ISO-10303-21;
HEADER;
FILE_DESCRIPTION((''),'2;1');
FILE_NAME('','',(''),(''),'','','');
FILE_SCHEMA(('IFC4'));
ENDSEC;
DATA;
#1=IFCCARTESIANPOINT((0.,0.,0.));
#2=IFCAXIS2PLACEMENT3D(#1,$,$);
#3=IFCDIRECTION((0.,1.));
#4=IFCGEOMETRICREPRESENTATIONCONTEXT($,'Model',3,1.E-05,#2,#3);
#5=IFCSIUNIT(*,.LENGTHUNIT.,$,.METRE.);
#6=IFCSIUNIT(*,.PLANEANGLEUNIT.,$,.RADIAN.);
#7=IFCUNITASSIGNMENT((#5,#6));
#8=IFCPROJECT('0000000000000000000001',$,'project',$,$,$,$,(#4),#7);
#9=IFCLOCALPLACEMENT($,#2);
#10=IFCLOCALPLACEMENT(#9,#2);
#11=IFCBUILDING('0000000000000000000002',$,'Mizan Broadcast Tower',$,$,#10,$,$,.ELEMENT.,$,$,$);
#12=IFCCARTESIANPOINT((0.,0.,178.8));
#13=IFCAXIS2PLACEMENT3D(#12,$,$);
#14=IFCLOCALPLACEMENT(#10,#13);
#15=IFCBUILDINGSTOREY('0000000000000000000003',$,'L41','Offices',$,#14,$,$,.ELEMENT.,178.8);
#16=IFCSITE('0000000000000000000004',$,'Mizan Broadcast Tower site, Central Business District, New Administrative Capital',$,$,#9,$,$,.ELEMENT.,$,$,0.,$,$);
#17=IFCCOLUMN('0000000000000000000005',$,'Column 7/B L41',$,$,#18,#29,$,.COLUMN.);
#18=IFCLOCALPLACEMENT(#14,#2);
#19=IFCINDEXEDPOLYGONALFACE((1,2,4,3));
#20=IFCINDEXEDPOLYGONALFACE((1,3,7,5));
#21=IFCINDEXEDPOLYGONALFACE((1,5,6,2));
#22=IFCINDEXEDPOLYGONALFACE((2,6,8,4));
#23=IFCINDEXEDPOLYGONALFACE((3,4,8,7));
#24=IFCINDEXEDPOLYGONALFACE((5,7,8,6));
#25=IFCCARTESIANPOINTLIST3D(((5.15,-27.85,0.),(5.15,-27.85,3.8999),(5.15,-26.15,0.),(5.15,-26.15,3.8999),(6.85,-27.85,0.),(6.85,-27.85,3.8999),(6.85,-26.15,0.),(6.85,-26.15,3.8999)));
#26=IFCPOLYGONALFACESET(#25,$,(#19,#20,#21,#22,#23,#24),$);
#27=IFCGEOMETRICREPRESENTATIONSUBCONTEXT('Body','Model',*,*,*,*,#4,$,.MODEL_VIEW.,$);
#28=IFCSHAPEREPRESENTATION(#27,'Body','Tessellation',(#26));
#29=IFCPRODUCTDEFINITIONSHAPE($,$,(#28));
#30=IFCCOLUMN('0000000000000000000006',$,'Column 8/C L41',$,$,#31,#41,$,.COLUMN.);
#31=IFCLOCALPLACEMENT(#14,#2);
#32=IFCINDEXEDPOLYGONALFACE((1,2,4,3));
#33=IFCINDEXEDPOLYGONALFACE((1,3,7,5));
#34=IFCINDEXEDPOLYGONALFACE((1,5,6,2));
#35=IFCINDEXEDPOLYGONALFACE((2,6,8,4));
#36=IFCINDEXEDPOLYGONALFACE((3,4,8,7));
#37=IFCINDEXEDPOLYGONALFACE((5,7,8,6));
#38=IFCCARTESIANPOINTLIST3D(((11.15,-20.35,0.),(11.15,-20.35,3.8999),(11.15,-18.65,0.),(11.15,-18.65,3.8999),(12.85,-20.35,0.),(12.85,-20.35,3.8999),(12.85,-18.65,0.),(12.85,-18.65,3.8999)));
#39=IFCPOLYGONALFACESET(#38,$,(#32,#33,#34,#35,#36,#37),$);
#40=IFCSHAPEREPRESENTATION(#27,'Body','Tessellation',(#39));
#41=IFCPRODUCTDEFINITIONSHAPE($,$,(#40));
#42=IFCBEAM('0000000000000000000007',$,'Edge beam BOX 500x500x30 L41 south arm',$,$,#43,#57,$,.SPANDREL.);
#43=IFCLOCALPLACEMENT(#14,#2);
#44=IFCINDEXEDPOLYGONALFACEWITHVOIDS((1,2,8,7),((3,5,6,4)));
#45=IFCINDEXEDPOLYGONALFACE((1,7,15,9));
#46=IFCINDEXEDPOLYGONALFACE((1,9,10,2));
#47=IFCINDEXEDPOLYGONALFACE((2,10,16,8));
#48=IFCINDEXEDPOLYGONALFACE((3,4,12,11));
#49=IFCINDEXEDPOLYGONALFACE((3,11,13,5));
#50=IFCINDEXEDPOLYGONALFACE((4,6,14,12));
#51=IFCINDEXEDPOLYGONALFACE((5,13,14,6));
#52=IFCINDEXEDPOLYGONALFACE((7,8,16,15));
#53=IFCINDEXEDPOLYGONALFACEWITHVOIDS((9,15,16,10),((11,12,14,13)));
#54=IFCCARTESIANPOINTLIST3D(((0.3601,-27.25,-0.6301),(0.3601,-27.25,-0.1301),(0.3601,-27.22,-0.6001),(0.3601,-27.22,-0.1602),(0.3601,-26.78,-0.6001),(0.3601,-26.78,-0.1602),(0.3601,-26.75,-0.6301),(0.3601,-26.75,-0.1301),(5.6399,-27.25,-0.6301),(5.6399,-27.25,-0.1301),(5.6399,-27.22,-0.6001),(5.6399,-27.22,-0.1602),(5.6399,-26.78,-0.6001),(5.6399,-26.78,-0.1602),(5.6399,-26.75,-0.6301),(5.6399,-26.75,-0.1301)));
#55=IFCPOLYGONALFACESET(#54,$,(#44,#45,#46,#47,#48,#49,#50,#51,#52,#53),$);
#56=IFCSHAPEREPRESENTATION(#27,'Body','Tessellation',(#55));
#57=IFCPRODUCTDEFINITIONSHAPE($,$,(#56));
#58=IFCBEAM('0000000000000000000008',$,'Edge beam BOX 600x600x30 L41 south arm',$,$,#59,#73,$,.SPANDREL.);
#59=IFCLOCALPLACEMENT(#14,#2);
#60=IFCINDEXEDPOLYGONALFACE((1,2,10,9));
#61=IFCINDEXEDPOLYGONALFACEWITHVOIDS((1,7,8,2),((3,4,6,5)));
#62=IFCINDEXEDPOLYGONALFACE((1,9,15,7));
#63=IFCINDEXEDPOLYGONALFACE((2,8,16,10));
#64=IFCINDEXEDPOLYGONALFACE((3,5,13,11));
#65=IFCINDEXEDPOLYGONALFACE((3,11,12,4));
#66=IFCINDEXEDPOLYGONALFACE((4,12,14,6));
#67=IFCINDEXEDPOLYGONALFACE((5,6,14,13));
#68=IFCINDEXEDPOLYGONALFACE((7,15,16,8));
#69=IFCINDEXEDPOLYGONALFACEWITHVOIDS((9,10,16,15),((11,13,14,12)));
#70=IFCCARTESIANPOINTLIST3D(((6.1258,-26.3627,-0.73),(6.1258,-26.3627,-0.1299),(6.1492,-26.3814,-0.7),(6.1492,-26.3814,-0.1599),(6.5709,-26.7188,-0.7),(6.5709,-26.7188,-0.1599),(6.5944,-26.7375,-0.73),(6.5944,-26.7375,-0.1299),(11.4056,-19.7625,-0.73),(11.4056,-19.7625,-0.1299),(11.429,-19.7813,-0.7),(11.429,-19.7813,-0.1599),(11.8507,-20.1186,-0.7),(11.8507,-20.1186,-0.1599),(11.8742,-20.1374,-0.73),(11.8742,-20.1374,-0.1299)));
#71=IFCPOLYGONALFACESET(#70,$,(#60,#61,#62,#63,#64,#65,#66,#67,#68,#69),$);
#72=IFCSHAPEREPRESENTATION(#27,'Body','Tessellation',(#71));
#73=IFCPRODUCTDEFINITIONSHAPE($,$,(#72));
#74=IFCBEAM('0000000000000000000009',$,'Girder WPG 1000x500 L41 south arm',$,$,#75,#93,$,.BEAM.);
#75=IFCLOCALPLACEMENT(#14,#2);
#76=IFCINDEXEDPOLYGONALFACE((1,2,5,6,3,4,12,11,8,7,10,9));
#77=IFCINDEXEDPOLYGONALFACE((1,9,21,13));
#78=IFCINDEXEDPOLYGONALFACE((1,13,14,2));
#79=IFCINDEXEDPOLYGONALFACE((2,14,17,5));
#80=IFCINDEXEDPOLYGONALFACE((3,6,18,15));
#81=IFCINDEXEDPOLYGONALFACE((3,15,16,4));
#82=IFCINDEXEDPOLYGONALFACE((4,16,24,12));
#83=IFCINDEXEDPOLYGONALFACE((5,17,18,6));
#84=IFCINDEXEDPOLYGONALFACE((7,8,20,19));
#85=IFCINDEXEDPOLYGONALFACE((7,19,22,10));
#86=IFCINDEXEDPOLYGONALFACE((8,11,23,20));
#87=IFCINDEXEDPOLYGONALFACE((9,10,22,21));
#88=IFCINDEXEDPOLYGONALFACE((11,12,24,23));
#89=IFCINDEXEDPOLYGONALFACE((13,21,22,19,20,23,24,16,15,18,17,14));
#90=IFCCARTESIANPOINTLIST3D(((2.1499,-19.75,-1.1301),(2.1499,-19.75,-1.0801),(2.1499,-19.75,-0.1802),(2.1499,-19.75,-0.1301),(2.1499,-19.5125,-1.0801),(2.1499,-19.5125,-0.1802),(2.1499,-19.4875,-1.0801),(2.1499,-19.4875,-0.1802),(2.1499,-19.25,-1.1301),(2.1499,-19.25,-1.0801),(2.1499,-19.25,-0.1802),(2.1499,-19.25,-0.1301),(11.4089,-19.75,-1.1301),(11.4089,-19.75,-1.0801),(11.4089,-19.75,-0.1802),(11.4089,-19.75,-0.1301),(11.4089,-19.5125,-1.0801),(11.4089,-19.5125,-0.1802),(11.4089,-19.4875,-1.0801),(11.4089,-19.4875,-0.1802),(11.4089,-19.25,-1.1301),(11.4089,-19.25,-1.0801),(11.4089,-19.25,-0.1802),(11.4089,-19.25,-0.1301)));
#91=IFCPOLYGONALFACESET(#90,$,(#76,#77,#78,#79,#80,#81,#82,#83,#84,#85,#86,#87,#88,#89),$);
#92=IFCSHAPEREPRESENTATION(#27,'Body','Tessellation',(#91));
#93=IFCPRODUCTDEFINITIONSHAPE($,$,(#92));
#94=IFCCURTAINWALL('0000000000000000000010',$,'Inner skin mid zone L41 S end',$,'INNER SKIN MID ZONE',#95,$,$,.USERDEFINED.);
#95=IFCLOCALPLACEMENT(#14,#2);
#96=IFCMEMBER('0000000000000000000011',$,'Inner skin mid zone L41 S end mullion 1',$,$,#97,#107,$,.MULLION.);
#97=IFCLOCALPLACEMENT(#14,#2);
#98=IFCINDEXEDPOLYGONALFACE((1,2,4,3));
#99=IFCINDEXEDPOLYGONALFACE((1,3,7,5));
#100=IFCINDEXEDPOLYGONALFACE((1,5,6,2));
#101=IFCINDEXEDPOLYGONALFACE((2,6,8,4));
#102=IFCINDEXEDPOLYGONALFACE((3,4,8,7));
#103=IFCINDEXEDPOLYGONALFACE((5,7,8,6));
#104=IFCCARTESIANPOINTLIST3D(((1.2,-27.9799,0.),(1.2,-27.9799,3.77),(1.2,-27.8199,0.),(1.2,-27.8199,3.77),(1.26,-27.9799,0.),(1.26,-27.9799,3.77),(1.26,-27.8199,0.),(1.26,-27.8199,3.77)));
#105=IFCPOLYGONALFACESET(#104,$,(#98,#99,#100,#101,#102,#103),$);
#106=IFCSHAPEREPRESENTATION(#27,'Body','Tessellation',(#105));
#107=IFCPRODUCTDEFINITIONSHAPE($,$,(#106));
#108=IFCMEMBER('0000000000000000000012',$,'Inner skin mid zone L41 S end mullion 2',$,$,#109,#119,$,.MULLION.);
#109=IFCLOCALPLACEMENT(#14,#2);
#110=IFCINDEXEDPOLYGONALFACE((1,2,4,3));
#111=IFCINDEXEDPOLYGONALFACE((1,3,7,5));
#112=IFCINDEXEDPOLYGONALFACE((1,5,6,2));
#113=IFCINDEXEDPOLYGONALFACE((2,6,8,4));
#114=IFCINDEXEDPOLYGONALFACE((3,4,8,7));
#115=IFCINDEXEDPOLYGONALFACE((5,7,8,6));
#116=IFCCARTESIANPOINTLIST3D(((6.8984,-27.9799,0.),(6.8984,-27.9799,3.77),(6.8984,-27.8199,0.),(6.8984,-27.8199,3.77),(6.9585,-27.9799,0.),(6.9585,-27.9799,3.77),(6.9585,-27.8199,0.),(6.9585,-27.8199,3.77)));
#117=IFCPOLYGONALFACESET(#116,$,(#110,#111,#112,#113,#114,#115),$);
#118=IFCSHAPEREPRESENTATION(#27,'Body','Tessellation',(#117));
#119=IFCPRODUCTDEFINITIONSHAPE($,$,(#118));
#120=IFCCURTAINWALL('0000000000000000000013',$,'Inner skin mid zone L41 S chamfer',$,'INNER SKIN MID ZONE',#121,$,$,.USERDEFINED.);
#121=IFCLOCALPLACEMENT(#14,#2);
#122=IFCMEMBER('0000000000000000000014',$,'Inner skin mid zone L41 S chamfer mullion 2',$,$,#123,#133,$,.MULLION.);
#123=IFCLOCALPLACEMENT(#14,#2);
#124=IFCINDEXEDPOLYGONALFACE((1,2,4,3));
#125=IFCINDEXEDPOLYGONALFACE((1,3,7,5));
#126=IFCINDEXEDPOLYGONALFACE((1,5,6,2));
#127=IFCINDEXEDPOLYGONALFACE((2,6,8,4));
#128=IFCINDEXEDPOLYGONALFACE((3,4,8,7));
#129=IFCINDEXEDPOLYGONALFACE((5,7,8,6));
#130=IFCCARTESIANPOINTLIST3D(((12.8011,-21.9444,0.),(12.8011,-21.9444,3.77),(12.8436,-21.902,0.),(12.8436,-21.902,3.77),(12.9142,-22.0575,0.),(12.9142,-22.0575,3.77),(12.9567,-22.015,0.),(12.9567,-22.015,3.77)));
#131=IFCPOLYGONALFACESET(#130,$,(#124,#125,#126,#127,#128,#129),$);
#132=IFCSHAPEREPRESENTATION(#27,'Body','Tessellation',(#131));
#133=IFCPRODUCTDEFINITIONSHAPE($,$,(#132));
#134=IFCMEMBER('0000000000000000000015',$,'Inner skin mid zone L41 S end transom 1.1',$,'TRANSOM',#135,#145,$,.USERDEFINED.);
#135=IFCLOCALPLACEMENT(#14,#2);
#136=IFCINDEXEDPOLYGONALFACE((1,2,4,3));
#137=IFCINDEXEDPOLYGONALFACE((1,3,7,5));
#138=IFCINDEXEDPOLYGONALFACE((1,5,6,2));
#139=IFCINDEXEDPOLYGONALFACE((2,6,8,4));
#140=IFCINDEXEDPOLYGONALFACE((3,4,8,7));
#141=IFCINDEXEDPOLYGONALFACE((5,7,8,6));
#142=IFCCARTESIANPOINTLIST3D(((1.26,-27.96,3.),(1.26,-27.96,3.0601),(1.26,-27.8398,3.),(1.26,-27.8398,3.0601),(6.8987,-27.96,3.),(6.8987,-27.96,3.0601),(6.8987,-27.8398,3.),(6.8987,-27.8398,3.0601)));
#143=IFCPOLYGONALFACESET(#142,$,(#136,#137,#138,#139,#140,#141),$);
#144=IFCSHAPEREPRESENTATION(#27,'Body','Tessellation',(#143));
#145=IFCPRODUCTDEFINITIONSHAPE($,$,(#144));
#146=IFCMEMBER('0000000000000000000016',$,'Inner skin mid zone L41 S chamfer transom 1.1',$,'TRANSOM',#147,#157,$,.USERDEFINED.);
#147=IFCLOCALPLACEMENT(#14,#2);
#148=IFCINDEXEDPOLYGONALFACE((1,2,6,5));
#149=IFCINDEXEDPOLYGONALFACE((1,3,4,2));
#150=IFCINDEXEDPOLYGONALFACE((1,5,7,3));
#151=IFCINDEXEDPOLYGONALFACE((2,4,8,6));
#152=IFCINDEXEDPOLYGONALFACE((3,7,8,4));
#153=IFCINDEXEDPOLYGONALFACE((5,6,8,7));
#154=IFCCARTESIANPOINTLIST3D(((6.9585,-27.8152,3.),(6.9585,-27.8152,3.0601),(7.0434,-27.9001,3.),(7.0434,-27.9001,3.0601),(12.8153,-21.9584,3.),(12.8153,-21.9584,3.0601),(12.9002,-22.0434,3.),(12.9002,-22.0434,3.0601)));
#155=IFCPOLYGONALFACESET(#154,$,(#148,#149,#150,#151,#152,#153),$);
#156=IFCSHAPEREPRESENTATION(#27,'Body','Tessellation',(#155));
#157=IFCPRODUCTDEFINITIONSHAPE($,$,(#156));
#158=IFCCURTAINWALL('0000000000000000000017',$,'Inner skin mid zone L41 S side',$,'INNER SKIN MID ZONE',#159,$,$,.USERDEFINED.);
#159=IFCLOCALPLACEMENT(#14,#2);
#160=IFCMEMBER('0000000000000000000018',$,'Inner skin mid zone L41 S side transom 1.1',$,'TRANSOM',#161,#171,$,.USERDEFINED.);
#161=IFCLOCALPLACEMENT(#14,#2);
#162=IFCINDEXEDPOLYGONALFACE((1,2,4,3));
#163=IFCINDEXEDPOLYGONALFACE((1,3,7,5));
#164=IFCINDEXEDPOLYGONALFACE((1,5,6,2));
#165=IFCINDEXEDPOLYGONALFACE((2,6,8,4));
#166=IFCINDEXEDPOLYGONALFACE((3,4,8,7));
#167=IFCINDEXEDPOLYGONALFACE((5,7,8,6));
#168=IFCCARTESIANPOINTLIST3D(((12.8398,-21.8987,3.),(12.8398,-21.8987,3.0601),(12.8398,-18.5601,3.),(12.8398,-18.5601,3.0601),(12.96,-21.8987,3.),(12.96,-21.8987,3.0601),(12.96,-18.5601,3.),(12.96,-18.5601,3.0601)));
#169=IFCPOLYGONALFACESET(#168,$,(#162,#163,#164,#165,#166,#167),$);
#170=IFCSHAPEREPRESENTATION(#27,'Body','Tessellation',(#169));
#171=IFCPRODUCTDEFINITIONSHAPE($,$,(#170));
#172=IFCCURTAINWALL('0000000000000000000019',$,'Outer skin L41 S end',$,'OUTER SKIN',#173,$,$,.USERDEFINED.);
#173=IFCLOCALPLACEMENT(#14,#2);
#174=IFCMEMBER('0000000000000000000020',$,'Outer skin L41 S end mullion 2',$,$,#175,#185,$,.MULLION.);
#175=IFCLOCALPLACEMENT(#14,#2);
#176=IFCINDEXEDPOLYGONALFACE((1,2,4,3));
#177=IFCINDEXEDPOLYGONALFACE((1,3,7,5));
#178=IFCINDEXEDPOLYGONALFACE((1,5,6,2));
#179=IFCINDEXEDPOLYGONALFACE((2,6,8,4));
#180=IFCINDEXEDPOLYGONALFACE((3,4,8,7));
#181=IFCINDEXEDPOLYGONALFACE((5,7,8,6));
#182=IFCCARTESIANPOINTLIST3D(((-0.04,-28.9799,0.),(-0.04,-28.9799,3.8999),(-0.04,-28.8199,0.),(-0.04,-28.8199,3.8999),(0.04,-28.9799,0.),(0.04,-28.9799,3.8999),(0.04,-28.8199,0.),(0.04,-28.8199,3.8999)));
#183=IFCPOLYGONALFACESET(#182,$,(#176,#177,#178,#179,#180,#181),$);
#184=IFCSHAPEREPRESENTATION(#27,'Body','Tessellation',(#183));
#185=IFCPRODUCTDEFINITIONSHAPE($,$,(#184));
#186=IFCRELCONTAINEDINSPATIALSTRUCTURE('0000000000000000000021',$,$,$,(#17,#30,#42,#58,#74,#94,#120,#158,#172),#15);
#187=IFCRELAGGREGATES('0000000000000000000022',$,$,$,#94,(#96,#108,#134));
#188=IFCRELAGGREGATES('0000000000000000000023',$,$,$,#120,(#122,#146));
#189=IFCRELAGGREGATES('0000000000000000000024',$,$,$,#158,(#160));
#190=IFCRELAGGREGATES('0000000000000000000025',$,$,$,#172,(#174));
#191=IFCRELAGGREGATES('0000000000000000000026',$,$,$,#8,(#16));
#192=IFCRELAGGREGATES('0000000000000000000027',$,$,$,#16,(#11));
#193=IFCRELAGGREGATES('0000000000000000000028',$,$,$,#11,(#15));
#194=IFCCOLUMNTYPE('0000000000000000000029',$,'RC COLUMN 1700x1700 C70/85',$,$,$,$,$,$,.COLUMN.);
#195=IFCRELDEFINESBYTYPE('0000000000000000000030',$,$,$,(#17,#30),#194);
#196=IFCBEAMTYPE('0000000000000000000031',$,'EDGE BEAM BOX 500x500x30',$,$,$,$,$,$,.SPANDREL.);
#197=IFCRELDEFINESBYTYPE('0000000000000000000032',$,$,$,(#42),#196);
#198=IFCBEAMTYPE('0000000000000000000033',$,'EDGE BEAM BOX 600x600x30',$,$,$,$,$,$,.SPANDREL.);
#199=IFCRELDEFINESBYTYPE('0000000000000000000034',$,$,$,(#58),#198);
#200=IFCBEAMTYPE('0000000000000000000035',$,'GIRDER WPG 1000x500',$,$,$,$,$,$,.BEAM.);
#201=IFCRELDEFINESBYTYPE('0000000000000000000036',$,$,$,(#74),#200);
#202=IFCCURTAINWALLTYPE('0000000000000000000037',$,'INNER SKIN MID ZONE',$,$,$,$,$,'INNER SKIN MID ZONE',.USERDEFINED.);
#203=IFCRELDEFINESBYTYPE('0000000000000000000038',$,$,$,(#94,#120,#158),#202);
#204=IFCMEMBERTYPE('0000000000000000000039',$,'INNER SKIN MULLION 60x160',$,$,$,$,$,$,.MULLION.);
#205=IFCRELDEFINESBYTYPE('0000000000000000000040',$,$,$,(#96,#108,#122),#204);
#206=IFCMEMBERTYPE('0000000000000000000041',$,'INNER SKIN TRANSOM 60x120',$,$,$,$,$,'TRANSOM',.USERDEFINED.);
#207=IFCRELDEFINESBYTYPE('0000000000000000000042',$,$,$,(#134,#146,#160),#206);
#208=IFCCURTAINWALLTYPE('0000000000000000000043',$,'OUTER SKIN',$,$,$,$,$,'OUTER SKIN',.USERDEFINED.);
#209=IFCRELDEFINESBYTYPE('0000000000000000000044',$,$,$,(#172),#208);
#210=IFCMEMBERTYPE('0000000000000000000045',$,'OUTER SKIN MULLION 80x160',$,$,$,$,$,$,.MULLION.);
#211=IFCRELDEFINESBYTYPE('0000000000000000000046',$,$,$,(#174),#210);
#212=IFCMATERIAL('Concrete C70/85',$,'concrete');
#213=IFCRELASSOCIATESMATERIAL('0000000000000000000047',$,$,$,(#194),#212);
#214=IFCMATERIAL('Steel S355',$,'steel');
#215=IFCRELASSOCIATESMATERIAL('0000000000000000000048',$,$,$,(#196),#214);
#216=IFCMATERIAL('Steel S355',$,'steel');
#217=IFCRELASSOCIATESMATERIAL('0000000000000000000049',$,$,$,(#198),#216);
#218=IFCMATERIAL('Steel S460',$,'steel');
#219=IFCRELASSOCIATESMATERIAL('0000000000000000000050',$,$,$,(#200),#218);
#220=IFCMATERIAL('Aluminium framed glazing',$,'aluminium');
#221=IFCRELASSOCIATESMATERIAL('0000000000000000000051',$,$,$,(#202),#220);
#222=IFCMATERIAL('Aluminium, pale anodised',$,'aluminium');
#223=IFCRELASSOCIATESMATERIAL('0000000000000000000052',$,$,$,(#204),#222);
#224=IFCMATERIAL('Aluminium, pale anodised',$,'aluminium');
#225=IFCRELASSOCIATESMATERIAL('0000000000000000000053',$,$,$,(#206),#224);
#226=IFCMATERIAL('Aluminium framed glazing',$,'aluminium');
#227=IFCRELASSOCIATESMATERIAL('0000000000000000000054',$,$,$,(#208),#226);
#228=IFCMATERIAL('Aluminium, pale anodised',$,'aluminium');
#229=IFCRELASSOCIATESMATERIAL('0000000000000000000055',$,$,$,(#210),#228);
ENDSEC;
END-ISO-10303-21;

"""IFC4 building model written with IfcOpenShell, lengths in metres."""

from ifc_helpers import new_model, si_unit, direction, frame, origin, origin_2d, place, context, subcontext, project, spatial, rectangle, hollow_rectangle, i_section, extrude, material, material_profile, profile_set, type_object, element, aggregate, save


model = new_model("IFC4")

# Units and contexts
model_context = context("Model", 3, precision=1e-05, world=origin(), true_north=direction((0.0, 1.0)))
body_context = subcontext(model_context, "Body", "Model", "MODEL_VIEW")
ifc_project = project(units=[si_unit("LENGTHUNIT", "METRE"), si_unit("PLANEANGLEUNIT", "RADIAN")], contexts=[model_context])

# Site, building, storey
site_placement = place(None, origin())
site = spatial("IfcSite", under=ifc_project, at=site_placement, Name="Mizan Broadcast Tower site, Central Business District, New Administrative Capital", CompositionType="ELEMENT", RefElevation=0.0)
building_placement = place(site_placement, origin())
building = spatial("IfcBuilding", under=site, at=building_placement, Name="Mizan Broadcast Tower", CompositionType="ELEMENT")
storey_placement = place(building_placement, frame((0.0, 0.0, 178.8)))
storey = spatial("IfcBuildingStorey", under=building, at=storey_placement, Name="L41", Description="Offices", CompositionType="ELEMENT", Elevation=178.8)

# Columns
ifc_material_1 = material(Name="Concrete C70/85", Category="concrete")
ifc_material_profile_1 = material_profile(ifc_material_1, rectangle(XDim=1.7, YDim=1.7, at=origin_2d()), Name="RC 1700x1700")
ifc_profile_set_1 = profile_set([ifc_material_profile_1], Name="Concrete C70/85")
column_type = type_object("IfcColumnType", Name="RC COLUMN 1700x1700 C70/85", PredefinedType="COLUMN", material=ifc_profile_set_1)
for number, where, z_axis, x_axis, name in (
    (1, (6.0, -27.0, 0.0), (0.0, 0.0, 1.0), (1.0, 0.0, 0.0), "Column 7/B L41"),
    (2, (12.0, -19.5, 0.0), (0.0, 0.0, 1.0), (1.0, 0.0, 0.0), "Column 8/C L41"),
):
    element("IfcColumn", number, at=place(storey_placement, frame(where, z_axis=z_axis, x_axis=x_axis)), inside=storey, type_object=column_type, Name=name, PredefinedType="COLUMN", context=body_context, shape_type="SweptSolid", body=[
        extrude(rectangle(XDim=1.7, YDim=1.7, at=origin_2d()), origin(), (0.0, 0.0, 1.0), 3.8999),
    ])

# Beams
ifc_material_2 = material(Name="Steel S355", Category="steel")
ifc_material_profile_2 = material_profile(ifc_material_2, hollow_rectangle(XDim=0.5, YDim=0.5, WallThickness=0.03, at=origin_2d()), Name="BOX 500x500x30")
ifc_profile_set_2 = profile_set([ifc_material_profile_2], Name="Steel S355")
beam_type_1 = type_object("IfcBeamType", Name="EDGE BEAM BOX 500x500x30", PredefinedType="SPANDREL", material=ifc_profile_set_2)
beam_1_placement = place(storey_placement, frame((5.6399, -27.0, -0.3801), z_axis=(-1.0, 0.0, 0.0), x_axis=(0.0, -1.0, 0.0)))
element("IfcBeam", 3, at=beam_1_placement, inside=storey, type_object=beam_type_1, Name="Edge beam BOX 500x500x30 L41 south arm", PredefinedType="SPANDREL", context=body_context, shape_type="SweptSolid", body=[
    extrude(hollow_rectangle(XDim=0.5, YDim=0.5, WallThickness=0.03, at=origin_2d()), origin(), (0.0, 0.0, 1.0), 5.2798),
])
ifc_material_3 = material(Name="Steel S355", Category="steel")
ifc_material_profile_3 = material_profile(ifc_material_3, hollow_rectangle(XDim=0.6001, YDim=0.6001, WallThickness=0.03, at=origin_2d()), Name="BOX 600x600x30")
ifc_profile_set_3 = profile_set([ifc_material_profile_3], Name="Steel S355")
beam_type_2 = type_object("IfcBeamType", Name="EDGE BEAM BOX 600x600x30", PredefinedType="SPANDREL", material=ifc_profile_set_3)
beam_2_placement = place(storey_placement, frame((11.6399, -19.95, -0.4299), z_axis=(-0.624674, -0.780886, 0.0), x_axis=(0.780886, -0.624674, 0.0)))
element("IfcBeam", 4, at=beam_2_placement, inside=storey, type_object=beam_type_2, Name="Edge beam BOX 600x600x30 L41 south arm", PredefinedType="SPANDREL", context=body_context, shape_type="SweptSolid", body=[
    extrude(hollow_rectangle(XDim=0.6001, YDim=0.6001, WallThickness=0.03, at=origin_2d()), origin(), (0.0, 0.0, 1.0), 8.4521),
])
ifc_material_4 = material(Name="Steel S460", Category="steel")
ifc_material_profile_4 = material_profile(ifc_material_4, i_section(OverallWidth=0.5, OverallDepth=1.0, WebThickness=0.0249, FlangeThickness=0.05, at=origin_2d()), Name="WPG 1000x500")
ifc_profile_set_4 = profile_set([ifc_material_profile_4], Name="Steel S460")
beam_type_3 = type_object("IfcBeamType", Name="GIRDER WPG 1000x500", PredefinedType="BEAM", material=ifc_profile_set_4)
beam_3_placement = place(storey_placement, frame((11.4089, -19.5, -0.6301), z_axis=(-1.0, 0.0, 0.0), x_axis=(0.0, -1.0, 0.0)))
element("IfcBeam", 5, at=beam_3_placement, inside=storey, type_object=beam_type_3, Name="Girder WPG 1000x500 L41 south arm", PredefinedType="BEAM", context=body_context, shape_type="SweptSolid", body=[
    extrude(i_section(OverallWidth=0.5, OverallDepth=1.0, WebThickness=0.0249, FlangeThickness=0.05, at=origin_2d()), origin(), (0.0, 0.0, 1.0), 9.259),
])

# Curtain wall, members
ifc_material_5 = material(Name="Aluminium framed glazing", Category="aluminium")
curtain_wall_type_1 = type_object("IfcCurtainWallType", Name="INNER SKIN MID ZONE", ElementType="INNER SKIN MID ZONE", PredefinedType="USERDEFINED", material=ifc_material_5)
curtain_wall_1_placement = place(storey_placement, origin())
curtain_wall_1 = element("IfcCurtainWall", 6, at=curtain_wall_1_placement, inside=storey, type_object=curtain_wall_type_1, Name="Inner skin mid zone L41 S end", ObjectType="INNER SKIN MID ZONE", PredefinedType="USERDEFINED")
ifc_material_6 = material(Name="Aluminium, pale anodised", Category="aluminium")
ifc_material_profile_5 = material_profile(ifc_material_6, rectangle(XDim=0.1599, YDim=0.0601, at=origin_2d()), Name="MULLION 160x60")
ifc_profile_set_5 = profile_set([ifc_material_profile_5], Name="Aluminium, pale anodised")
member_type_1 = type_object("IfcMemberType", Name="INNER SKIN MULLION 60x160", PredefinedType="MULLION", material=ifc_profile_set_5)
member_1_placement = place(storey_placement, frame((1.23, -27.8999, 0.0), z_axis=(0.0, 0.0, 1.0), x_axis=(0.0, 1.0, 0.0)))
member_1 = element("IfcMember", 7, at=member_1_placement, type_object=member_type_1, Name="Inner skin mid zone L41 S end mullion 1", PredefinedType="MULLION", context=body_context, shape_type="SweptSolid", body=[
    extrude(rectangle(XDim=0.1599, YDim=0.0601, at=origin_2d()), origin(), (0.0, 0.0, 1.0), 3.77),
])
member_2_placement = place(storey_placement, frame((6.9285, -27.8999, 0.0), z_axis=(0.0, 0.0, 1.0), x_axis=(0.0, 1.0, 0.0)))
member_2 = element("IfcMember", 8, at=member_2_placement, type_object=member_type_1, Name="Inner skin mid zone L41 S end mullion 2", PredefinedType="MULLION", context=body_context, shape_type="SweptSolid", body=[
    extrude(rectangle(XDim=0.1599, YDim=0.0601, at=origin_2d()), origin(), (0.0, 0.0, 1.0), 3.77),
])

# Curtain wall, member
curtain_wall_2_placement = place(storey_placement, origin())
curtain_wall_2 = element("IfcCurtainWall", 9, at=curtain_wall_2_placement, inside=storey, type_object=curtain_wall_type_1, Name="Inner skin mid zone L41 S chamfer", ObjectType="INNER SKIN MID ZONE", PredefinedType="USERDEFINED")
member_3_placement = place(storey_placement, frame((12.8789, -21.9797, 0.0), z_axis=(0.0, 0.0, 1.0), x_axis=(-0.707107, 0.707107, 0.0)))
member_3 = element("IfcMember", 10, at=member_3_placement, type_object=member_type_1, Name="Inner skin mid zone L41 S chamfer mullion 2", PredefinedType="MULLION", context=body_context, shape_type="SweptSolid", body=[
    extrude(rectangle(XDim=0.1599, YDim=0.0601, at=origin_2d()), origin(), (0.0, 0.0, 1.0), 3.77),
])

# Members
ifc_material_7 = material(Name="Aluminium, pale anodised", Category="aluminium")
ifc_material_profile_6 = material_profile(ifc_material_7, rectangle(XDim=0.1201, YDim=0.0601, at=origin_2d()), Name="TRANSOM 120x60")
ifc_profile_set_6 = profile_set([ifc_material_profile_6], Name="Aluminium, pale anodised")
member_type_2 = type_object("IfcMemberType", Name="INNER SKIN TRANSOM 60x120", ElementType="TRANSOM", PredefinedType="USERDEFINED", material=ifc_profile_set_6)
member_4_placement = place(storey_placement, frame((1.26, -27.8999, 3.03), z_axis=(1.0, 0.0, 0.0), x_axis=(0.0, 1.0, 0.0)))
member_4 = element("IfcMember", 11, at=member_4_placement, type_object=member_type_2, Name="Inner skin mid zone L41 S end transom 1.1", ObjectType="TRANSOM", PredefinedType="USERDEFINED", context=body_context, shape_type="SweptSolid", body=[
    extrude(rectangle(XDim=0.1201, YDim=0.0601, at=origin_2d()), origin(), (0.0, 0.0, 1.0), 5.6387),
])
member_5_placement = place(storey_placement, frame((7.001, -27.8577, 3.03), z_axis=(0.707107, 0.707107, 0.0), x_axis=(-0.707107, 0.707107, 0.0)))
member_5 = element("IfcMember", 12, at=member_5_placement, type_object=member_type_2, Name="Inner skin mid zone L41 S chamfer transom 1.1", ObjectType="TRANSOM", PredefinedType="USERDEFINED", context=body_context, shape_type="SweptSolid", body=[
    extrude(rectangle(XDim=0.1201, YDim=0.0601, at=origin_2d()), origin(), (0.0, 0.0, 1.0), 8.2827),
])

# Curtain wall, member
curtain_wall_3_placement = place(storey_placement, origin())
curtain_wall_3 = element("IfcCurtainWall", 13, at=curtain_wall_3_placement, inside=storey, type_object=curtain_wall_type_1, Name="Inner skin mid zone L41 S side", ObjectType="INNER SKIN MID ZONE", PredefinedType="USERDEFINED")
member_6_placement = place(storey_placement, frame((12.8999, -21.8987, 3.03), z_axis=(0.0, 1.0, 0.0), x_axis=(-1.0, 0.0, 0.0)))
member_6 = element("IfcMember", 14, at=member_6_placement, type_object=member_type_2, Name="Inner skin mid zone L41 S side transom 1.1", ObjectType="TRANSOM", PredefinedType="USERDEFINED", context=body_context, shape_type="SweptSolid", body=[
    extrude(rectangle(XDim=0.1201, YDim=0.0601, at=origin_2d()), origin(), (0.0, 0.0, 1.0), 3.3386),
])

# Curtain wall, member
ifc_material_8 = material(Name="Aluminium framed glazing", Category="aluminium")
curtain_wall_type_2 = type_object("IfcCurtainWallType", Name="OUTER SKIN", ElementType="OUTER SKIN", PredefinedType="USERDEFINED", material=ifc_material_8)
curtain_wall_4_placement = place(storey_placement, origin())
curtain_wall_4 = element("IfcCurtainWall", 15, at=curtain_wall_4_placement, inside=storey, type_object=curtain_wall_type_2, Name="Outer skin L41 S end", ObjectType="OUTER SKIN", PredefinedType="USERDEFINED")
ifc_material_9 = material(Name="Aluminium, pale anodised", Category="aluminium")
ifc_material_profile_7 = material_profile(ifc_material_9, rectangle(XDim=0.1599, YDim=0.0801, at=origin_2d()), Name="MULLION 160x80")
ifc_profile_set_7 = profile_set([ifc_material_profile_7], Name="Aluminium, pale anodised")
member_type_3 = type_object("IfcMemberType", Name="OUTER SKIN MULLION 80x160", PredefinedType="MULLION", material=ifc_profile_set_7)
member_7_placement = place(storey_placement, frame((0.0, -28.8999, 0.0), z_axis=(0.0, 0.0, 1.0), x_axis=(0.0, 1.0, 0.0)))
member_7 = element("IfcMember", 16, at=member_7_placement, type_object=member_type_3, Name="Outer skin L41 S end mullion 2", PredefinedType="MULLION", context=body_context, shape_type="SweptSolid", body=[
    extrude(rectangle(XDim=0.1599, YDim=0.0801, at=origin_2d()), origin(), (0.0, 0.0, 1.0), 3.8999),
])

aggregate(curtain_wall_1, [member_1, member_2, member_4])
aggregate(curtain_wall_2, [member_3, member_5])
aggregate(curtain_wall_3, [member_6])
aggregate(curtain_wall_4, [member_7])

save(model, "model.ifc")
